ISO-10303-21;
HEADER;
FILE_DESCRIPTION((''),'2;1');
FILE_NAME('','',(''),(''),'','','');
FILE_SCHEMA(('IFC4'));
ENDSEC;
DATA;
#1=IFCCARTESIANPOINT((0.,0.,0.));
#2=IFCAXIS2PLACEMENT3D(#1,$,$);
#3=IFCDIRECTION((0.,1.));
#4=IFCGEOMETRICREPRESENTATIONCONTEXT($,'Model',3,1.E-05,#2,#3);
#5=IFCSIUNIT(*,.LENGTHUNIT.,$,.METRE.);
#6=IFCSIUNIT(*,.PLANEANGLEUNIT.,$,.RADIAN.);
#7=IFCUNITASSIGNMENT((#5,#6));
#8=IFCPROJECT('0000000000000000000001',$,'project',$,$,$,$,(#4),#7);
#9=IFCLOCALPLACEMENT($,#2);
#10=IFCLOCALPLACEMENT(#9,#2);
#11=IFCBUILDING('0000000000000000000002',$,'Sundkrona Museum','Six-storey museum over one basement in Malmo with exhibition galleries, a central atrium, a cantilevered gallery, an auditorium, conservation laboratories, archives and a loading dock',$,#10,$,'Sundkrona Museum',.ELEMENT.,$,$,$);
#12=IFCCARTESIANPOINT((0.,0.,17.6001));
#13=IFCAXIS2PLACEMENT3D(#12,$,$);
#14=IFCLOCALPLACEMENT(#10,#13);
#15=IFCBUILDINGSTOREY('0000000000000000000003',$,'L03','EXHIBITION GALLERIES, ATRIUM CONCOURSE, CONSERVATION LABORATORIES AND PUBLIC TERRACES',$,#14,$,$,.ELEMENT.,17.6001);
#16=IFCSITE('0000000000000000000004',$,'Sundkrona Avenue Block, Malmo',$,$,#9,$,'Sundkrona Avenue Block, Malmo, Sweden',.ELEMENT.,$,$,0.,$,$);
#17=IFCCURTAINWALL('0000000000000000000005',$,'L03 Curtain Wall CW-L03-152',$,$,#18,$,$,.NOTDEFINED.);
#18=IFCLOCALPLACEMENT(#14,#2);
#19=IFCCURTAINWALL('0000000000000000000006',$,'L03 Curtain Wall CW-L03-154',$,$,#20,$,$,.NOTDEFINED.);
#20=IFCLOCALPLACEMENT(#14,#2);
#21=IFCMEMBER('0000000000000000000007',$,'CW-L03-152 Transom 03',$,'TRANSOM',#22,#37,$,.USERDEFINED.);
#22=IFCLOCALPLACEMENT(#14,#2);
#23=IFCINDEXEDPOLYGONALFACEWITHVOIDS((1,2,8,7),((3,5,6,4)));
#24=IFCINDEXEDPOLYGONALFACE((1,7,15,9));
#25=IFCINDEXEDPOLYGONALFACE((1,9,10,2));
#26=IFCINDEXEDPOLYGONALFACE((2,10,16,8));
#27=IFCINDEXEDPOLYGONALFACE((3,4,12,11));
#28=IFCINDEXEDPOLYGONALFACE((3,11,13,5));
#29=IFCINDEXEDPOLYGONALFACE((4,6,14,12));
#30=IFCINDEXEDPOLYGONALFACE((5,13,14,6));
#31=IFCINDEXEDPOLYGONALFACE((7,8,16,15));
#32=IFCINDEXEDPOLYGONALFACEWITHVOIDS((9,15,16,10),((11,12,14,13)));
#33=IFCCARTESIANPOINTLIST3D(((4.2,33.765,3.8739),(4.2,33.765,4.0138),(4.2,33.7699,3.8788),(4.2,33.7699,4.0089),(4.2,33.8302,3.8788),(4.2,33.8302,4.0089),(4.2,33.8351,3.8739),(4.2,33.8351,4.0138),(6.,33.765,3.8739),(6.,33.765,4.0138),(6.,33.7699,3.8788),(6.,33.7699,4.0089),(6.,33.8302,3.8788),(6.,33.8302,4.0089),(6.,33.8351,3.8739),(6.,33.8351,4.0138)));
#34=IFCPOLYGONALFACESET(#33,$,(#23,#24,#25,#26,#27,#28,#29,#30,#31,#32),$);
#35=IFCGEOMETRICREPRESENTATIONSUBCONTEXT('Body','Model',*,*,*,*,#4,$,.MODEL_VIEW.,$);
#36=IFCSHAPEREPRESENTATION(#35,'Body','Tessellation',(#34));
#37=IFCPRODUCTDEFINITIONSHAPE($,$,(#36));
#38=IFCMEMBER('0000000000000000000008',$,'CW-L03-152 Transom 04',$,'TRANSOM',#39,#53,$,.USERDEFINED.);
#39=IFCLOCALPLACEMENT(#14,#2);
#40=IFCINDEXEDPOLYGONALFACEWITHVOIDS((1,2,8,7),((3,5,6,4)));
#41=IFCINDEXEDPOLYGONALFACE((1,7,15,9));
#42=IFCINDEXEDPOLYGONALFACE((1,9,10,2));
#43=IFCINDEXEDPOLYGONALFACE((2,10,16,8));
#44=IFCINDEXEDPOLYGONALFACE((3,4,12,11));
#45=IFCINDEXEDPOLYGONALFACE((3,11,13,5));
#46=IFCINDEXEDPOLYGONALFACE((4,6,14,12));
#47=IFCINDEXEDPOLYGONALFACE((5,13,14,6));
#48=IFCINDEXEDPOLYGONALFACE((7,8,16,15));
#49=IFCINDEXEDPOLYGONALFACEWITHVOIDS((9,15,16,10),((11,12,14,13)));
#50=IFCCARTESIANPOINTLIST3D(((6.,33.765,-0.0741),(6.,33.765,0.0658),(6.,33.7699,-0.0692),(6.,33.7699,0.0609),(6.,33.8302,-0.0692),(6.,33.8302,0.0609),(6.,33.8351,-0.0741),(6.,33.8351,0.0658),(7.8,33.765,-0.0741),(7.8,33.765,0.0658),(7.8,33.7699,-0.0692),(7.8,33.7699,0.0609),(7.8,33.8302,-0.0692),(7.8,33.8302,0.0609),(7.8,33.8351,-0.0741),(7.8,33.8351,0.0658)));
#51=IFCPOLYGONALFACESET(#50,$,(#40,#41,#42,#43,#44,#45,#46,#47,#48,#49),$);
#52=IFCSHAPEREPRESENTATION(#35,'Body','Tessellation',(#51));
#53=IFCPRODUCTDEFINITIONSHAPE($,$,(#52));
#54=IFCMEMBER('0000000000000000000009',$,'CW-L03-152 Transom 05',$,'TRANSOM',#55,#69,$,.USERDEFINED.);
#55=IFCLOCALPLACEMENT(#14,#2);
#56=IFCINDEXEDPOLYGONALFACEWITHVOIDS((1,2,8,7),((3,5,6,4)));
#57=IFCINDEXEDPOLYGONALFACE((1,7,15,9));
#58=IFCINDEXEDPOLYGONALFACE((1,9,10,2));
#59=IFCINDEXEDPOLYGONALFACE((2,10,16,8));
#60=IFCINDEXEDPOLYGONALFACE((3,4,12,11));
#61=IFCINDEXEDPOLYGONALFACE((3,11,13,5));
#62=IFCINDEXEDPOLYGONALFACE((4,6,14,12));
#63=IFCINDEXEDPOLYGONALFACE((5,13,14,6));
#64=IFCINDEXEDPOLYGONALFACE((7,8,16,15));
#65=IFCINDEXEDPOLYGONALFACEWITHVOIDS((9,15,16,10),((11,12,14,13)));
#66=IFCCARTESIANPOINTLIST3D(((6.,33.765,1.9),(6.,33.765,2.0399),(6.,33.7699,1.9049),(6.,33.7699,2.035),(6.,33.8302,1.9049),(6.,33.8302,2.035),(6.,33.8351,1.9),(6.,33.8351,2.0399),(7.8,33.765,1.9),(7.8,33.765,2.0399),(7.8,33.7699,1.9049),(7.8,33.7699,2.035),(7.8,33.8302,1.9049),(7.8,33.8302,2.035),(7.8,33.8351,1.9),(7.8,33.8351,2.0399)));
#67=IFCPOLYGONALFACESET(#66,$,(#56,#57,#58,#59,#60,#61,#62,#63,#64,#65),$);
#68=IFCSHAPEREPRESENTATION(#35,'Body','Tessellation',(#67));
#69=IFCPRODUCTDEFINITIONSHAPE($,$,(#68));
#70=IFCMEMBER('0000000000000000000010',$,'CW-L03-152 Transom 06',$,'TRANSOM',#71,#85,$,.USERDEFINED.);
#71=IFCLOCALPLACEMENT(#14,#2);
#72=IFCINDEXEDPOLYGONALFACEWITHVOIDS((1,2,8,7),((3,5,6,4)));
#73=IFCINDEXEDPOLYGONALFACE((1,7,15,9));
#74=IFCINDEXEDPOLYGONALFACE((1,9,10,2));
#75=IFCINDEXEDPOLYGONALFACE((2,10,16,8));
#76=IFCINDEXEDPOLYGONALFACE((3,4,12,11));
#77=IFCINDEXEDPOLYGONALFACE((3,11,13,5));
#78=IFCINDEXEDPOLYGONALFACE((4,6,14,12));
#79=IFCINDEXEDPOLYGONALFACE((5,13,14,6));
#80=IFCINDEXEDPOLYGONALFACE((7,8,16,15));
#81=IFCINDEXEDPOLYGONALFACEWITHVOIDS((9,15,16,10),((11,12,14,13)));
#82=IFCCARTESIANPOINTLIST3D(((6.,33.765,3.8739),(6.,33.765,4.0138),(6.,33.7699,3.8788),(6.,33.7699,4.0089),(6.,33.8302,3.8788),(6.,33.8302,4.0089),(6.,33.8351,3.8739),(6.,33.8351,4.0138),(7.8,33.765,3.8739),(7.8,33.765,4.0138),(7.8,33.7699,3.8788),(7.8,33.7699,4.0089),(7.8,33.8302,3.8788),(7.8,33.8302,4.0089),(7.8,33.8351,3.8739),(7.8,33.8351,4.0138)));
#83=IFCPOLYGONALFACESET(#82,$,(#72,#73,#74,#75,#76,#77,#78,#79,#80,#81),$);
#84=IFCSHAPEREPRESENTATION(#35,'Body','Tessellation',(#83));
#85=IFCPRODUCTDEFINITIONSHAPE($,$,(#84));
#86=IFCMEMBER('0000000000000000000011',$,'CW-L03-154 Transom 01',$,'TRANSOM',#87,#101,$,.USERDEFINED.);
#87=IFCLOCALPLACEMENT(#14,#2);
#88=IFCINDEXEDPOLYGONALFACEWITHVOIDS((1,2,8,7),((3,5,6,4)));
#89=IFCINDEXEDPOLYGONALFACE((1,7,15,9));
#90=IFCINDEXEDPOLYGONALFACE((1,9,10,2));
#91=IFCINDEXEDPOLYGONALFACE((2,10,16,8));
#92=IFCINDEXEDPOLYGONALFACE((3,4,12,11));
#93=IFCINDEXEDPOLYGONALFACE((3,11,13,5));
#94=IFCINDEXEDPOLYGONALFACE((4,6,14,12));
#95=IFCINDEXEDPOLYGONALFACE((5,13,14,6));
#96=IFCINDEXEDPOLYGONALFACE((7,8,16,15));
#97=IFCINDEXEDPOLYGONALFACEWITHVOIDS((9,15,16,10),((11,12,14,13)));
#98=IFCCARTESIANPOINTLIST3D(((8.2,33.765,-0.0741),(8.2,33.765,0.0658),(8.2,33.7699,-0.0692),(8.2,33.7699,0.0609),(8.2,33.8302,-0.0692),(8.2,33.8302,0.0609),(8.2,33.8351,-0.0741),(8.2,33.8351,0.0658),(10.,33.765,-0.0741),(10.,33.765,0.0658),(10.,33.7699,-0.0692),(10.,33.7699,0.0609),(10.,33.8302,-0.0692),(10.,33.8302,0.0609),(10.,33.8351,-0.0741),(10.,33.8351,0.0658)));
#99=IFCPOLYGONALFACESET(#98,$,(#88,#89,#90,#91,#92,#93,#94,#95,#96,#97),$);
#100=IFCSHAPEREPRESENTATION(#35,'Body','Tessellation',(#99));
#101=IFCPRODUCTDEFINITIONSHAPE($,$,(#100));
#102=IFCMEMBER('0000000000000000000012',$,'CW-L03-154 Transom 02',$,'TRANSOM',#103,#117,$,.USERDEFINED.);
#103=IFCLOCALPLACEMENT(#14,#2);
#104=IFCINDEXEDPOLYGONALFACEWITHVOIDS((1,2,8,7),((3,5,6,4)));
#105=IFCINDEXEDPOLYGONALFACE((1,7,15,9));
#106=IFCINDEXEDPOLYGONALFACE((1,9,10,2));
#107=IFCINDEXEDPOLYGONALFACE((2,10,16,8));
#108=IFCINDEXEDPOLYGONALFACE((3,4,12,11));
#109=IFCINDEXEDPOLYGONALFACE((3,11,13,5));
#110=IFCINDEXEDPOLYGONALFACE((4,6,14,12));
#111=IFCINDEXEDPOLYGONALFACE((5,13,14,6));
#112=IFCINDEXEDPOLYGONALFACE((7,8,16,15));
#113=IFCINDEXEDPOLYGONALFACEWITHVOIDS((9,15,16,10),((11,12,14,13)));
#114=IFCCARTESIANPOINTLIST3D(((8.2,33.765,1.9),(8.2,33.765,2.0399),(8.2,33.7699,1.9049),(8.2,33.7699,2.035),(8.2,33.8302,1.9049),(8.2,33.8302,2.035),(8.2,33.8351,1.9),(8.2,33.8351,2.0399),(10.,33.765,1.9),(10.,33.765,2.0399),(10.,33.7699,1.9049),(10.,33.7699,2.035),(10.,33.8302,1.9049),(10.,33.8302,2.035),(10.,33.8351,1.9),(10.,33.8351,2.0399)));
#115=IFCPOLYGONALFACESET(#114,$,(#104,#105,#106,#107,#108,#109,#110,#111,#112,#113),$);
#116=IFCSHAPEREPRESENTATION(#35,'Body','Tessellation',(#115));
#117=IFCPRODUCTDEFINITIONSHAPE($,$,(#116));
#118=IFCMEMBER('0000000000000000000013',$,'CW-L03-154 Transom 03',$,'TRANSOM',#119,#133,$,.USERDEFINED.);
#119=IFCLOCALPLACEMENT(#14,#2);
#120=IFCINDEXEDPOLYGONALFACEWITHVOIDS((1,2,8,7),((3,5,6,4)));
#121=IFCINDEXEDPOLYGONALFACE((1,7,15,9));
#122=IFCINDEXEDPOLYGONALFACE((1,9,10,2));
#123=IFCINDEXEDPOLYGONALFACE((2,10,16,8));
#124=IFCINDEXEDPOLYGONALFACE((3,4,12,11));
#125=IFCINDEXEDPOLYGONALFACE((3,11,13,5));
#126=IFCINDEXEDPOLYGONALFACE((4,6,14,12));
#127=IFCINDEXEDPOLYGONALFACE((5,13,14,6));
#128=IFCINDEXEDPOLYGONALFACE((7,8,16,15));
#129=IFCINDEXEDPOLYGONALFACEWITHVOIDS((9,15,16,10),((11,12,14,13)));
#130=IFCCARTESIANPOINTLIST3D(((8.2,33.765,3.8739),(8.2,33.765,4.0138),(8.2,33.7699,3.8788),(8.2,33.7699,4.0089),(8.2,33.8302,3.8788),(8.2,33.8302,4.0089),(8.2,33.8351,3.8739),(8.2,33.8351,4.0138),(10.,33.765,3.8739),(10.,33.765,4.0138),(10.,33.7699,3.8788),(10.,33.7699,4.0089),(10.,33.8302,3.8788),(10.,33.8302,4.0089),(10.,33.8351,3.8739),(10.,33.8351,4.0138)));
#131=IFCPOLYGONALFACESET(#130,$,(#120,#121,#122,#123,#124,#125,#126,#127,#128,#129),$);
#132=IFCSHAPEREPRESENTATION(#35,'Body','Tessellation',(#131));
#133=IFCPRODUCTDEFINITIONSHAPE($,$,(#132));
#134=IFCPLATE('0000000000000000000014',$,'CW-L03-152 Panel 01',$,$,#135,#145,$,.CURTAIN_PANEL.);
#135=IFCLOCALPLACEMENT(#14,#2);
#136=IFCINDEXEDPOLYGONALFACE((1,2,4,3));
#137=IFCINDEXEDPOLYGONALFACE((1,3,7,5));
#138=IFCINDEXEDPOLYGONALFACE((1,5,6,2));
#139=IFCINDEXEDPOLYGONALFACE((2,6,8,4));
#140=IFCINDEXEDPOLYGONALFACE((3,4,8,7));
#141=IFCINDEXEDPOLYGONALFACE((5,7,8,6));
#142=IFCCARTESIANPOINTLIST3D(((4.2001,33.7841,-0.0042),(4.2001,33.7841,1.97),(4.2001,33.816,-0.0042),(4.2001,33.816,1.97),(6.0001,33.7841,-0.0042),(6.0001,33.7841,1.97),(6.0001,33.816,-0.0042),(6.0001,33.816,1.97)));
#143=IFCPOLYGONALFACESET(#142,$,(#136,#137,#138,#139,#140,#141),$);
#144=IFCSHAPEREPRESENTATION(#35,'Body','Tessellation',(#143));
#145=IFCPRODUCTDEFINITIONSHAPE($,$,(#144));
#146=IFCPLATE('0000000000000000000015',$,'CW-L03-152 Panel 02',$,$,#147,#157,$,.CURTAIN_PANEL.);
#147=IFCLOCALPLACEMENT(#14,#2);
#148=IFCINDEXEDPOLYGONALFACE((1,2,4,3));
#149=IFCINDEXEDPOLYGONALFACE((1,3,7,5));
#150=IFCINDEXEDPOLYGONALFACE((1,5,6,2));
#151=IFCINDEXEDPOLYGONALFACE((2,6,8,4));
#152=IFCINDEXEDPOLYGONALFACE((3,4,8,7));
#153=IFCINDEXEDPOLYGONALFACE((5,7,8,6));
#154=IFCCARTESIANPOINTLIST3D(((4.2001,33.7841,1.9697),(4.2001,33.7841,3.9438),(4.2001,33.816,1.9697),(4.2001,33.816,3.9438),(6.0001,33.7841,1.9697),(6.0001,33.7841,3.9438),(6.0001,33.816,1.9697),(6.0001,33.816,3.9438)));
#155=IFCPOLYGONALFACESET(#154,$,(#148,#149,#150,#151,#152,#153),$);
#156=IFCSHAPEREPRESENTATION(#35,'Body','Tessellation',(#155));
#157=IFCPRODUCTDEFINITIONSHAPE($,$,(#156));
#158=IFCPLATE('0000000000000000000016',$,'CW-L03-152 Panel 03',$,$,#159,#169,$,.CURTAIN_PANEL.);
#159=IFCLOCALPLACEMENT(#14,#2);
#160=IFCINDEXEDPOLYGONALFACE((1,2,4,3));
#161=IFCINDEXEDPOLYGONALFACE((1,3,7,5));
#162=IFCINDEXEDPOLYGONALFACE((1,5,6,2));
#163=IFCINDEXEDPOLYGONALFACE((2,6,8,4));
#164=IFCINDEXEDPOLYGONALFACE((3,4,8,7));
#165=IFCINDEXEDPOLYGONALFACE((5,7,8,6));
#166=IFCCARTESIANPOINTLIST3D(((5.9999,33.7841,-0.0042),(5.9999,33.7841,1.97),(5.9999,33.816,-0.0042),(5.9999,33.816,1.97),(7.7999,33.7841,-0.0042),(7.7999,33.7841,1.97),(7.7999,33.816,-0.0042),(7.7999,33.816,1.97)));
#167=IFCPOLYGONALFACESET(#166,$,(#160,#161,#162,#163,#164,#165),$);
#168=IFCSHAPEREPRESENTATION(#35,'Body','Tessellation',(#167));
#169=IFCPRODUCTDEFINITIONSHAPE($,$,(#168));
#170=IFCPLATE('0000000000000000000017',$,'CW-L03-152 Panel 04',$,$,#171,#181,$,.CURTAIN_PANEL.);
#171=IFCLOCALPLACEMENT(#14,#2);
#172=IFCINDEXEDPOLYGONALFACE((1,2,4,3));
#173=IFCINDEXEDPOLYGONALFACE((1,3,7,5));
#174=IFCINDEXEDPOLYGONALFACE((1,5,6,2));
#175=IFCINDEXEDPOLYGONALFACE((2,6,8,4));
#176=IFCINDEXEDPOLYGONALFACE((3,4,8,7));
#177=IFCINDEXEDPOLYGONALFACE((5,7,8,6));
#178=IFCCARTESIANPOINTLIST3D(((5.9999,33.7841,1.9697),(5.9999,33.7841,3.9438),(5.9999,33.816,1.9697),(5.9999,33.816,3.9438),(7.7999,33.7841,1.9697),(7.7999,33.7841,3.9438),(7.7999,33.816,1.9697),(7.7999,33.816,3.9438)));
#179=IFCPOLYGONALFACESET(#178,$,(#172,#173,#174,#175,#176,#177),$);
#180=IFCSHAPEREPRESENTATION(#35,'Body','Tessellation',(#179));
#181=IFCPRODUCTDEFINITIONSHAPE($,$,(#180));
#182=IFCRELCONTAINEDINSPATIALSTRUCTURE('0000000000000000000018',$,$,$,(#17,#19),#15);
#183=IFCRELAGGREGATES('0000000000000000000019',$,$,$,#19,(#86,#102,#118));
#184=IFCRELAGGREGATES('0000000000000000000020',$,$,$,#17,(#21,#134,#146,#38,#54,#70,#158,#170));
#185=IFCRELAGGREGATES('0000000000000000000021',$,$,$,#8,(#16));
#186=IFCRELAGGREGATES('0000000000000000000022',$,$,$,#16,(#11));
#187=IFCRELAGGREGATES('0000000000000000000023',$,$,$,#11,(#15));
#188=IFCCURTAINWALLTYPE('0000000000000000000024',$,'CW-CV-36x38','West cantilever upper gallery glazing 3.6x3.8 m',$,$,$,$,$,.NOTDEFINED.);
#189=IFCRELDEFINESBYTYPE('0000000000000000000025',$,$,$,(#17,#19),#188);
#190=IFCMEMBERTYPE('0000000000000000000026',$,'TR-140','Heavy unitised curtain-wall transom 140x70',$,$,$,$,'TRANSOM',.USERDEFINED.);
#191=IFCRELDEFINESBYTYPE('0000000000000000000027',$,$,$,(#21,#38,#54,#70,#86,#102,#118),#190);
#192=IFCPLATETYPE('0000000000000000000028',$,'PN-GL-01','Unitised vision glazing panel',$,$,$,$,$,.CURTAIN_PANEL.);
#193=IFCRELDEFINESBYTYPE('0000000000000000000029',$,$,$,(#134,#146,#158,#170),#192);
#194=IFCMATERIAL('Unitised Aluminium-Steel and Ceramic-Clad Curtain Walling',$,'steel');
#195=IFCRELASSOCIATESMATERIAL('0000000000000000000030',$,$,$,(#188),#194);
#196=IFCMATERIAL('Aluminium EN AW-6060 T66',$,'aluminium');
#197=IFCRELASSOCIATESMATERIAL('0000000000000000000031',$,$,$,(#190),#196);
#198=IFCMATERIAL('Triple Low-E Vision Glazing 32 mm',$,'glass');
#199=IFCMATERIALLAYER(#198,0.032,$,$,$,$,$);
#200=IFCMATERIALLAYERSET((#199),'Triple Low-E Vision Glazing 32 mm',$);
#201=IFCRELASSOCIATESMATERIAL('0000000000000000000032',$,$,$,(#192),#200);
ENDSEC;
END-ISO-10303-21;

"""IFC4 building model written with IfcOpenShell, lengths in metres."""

from ifc_helpers import new_model, si_unit, direction, frame, origin, origin_2d, place, context, subcontext, project, spatial, rectangle, hollow_rectangle, extrude, material, layer, layer_set, material_profile, profile_set, type_object, element, aggregate, save


model = new_model("IFC4")

# Units and contexts
model_context = context("Model", 3, precision=1e-05, world=origin(), true_north=direction((0.0, 1.0)))
body_context = subcontext(model_context, "Body", "Model", "MODEL_VIEW")
ifc_project = project(units=[si_unit("LENGTHUNIT", "METRE"), si_unit("PLANEANGLEUNIT", "RADIAN")], contexts=[model_context])

# Site, building, storey
site_placement = place(None, origin())
site = spatial("IfcSite", under=ifc_project, at=site_placement, Name="Sundkrona Avenue Block, Malmo", LongName="Sundkrona Avenue Block, Malmo, Sweden", CompositionType="ELEMENT", RefElevation=0.0)
building_placement = place(site_placement, origin())
building = spatial("IfcBuilding", under=site, at=building_placement, Name="Sundkrona Museum", Description="Six-storey museum over one basement in Malmo with exhibition galleries, a central atrium, a cantilevered gallery, an auditorium, conservation laboratories, archives and a loading dock", LongName="Sundkrona Museum", CompositionType="ELEMENT")
storey_placement = place(building_placement, frame((0.0, 0.0, 17.6001)))
storey = spatial("IfcBuildingStorey", under=building, at=storey_placement, Name="L03", Description="EXHIBITION GALLERIES, ATRIUM CONCOURSE, CONSERVATION LABORATORIES AND PUBLIC TERRACES", CompositionType="ELEMENT", Elevation=17.6001)

# Curtain wall
ifc_material_1 = material(Name="Unitised Aluminium-Steel and Ceramic-Clad Curtain Walling", Category="steel")
curtain_wall_type = type_object("IfcCurtainWallType", Name="CW-CV-36x38", Description="West cantilever upper gallery glazing 3.6x3.8 m", PredefinedType="NOTDEFINED", material=ifc_material_1)
curtain_wall_1_placement = place(storey_placement, origin())
curtain_wall_1 = element("IfcCurtainWall", 1, at=curtain_wall_1_placement, inside=storey, type_object=curtain_wall_type, Name="L03 Curtain Wall CW-L03-152", PredefinedType="NOTDEFINED")
ifc_material_2 = material(Name="Aluminium EN AW-6060 T66", Category="aluminium")

# Curtain wall
curtain_wall_2_placement = place(storey_placement, origin())
curtain_wall_2 = element("IfcCurtainWall", 2, at=curtain_wall_2_placement, inside=storey, type_object=curtain_wall_type, Name="L03 Curtain Wall CW-L03-154", PredefinedType="NOTDEFINED")

# Members
ifc_material_profile_1 = material_profile(ifc_material_2, hollow_rectangle(XDim=0.0701, YDim=0.1399, WallThickness=0.0049, at=origin_2d()), Name="RHS 140x70x5.0")
ifc_profile_set_1 = profile_set([ifc_material_profile_1], Name="Aluminium EN AW-6060 T66")
member_type_1 = type_object("IfcMemberType", Name="TR-140", Description="Heavy unitised curtain-wall transom 140x70", ElementType="TRANSOM", PredefinedType="USERDEFINED", material=ifc_profile_set_1)
member_1_placement = place(storey_placement, frame((4.2, 33.8, 3.9438), z_axis=(1.0, 0.0, 0.0), x_axis=(0.0, 1.0, 0.0)))
member_1 = element("IfcMember", 3, at=member_1_placement, type_object=member_type_1, Name="CW-L03-152 Transom 03", ObjectType="TRANSOM", PredefinedType="USERDEFINED", context=body_context, shape_type="SweptSolid", body=[
    extrude(hollow_rectangle(XDim=0.0701, YDim=0.1399, WallThickness=0.0049, at=origin_2d()), origin(), (0.0, 0.0, 1.0), 1.8),
])
member_2_placement = place(storey_placement, frame((6.0, 33.8, -0.0042), z_axis=(1.0, 0.0, 0.0), x_axis=(0.0, 1.0, 0.0)))
member_2 = element("IfcMember", 4, at=member_2_placement, type_object=member_type_1, Name="CW-L03-152 Transom 04", ObjectType="TRANSOM", PredefinedType="USERDEFINED", context=body_context, shape_type="SweptSolid", body=[
    extrude(hollow_rectangle(XDim=0.0701, YDim=0.1399, WallThickness=0.0049, at=origin_2d()), origin(), (0.0, 0.0, 1.0), 1.8),
])
member_3_placement = place(storey_placement, frame((6.0, 33.8, 1.97), z_axis=(1.0, 0.0, 0.0), x_axis=(0.0, 1.0, 0.0)))
member_3 = element("IfcMember", 5, at=member_3_placement, type_object=member_type_1, Name="CW-L03-152 Transom 05", ObjectType="TRANSOM", PredefinedType="USERDEFINED", context=body_context, shape_type="SweptSolid", body=[
    extrude(hollow_rectangle(XDim=0.0701, YDim=0.1399, WallThickness=0.0049, at=origin_2d()), origin(), (0.0, 0.0, 1.0), 1.8),
])
member_4_placement = place(storey_placement, frame((6.0, 33.8, 3.9438), z_axis=(1.0, 0.0, 0.0), x_axis=(0.0, 1.0, 0.0)))
member_4 = element("IfcMember", 6, at=member_4_placement, type_object=member_type_1, Name="CW-L03-152 Transom 06", ObjectType="TRANSOM", PredefinedType="USERDEFINED", context=body_context, shape_type="SweptSolid", body=[
    extrude(hollow_rectangle(XDim=0.0701, YDim=0.1399, WallThickness=0.0049, at=origin_2d()), origin(), (0.0, 0.0, 1.0), 1.8),
])
member_5_placement = place(storey_placement, frame((8.2, 33.8, -0.0042), z_axis=(1.0, 0.0, 0.0), x_axis=(0.0, 1.0, 0.0)))
member_5 = element("IfcMember", 7, at=member_5_placement, type_object=member_type_1, Name="CW-L03-154 Transom 01", ObjectType="TRANSOM", PredefinedType="USERDEFINED", context=body_context, shape_type="SweptSolid", body=[
    extrude(hollow_rectangle(XDim=0.0701, YDim=0.1399, WallThickness=0.0049, at=origin_2d()), origin(), (0.0, 0.0, 1.0), 1.8),
])
member_6_placement = place(storey_placement, frame((8.2, 33.8, 1.97), z_axis=(1.0, 0.0, 0.0), x_axis=(0.0, 1.0, 0.0)))
member_6 = element("IfcMember", 8, at=member_6_placement, type_object=member_type_1, Name="CW-L03-154 Transom 02", ObjectType="TRANSOM", PredefinedType="USERDEFINED", context=body_context, shape_type="SweptSolid", body=[
    extrude(hollow_rectangle(XDim=0.0701, YDim=0.1399, WallThickness=0.0049, at=origin_2d()), origin(), (0.0, 0.0, 1.0), 1.8),
])
member_7_placement = place(storey_placement, frame((8.2, 33.8, 3.9438), z_axis=(1.0, 0.0, 0.0), x_axis=(0.0, 1.0, 0.0)))
member_7 = element("IfcMember", 9, at=member_7_placement, type_object=member_type_1, Name="CW-L03-154 Transom 03", ObjectType="TRANSOM", PredefinedType="USERDEFINED", context=body_context, shape_type="SweptSolid", body=[
    extrude(hollow_rectangle(XDim=0.0701, YDim=0.1399, WallThickness=0.0049, at=origin_2d()), origin(), (0.0, 0.0, 1.0), 1.8),
])
aggregate(curtain_wall_2, [member_5, member_6, member_7])

# Plates
ifc_material_3 = material(Name="Triple Low-E Vision Glazing 32 mm", Category="glass")
ifc_layer = layer(ifc_material_3, 0.032)
ifc_layer_set = layer_set([ifc_layer], Name="Triple Low-E Vision Glazing 32 mm")
plate_type = type_object("IfcPlateType", Name="PN-GL-01", Description="Unitised vision glazing panel", PredefinedType="CURTAIN_PANEL", material=ifc_layer_set)
plate_1_placement = place(storey_placement, frame((5.1001, 33.8, -0.0042), z_axis=(0.0, 0.0, 1.0), x_axis=(1.0, 0.0, 0.0)))
plate_1 = element("IfcPlate", 10, at=plate_1_placement, type_object=plate_type, Name="CW-L03-152 Panel 01", PredefinedType="CURTAIN_PANEL", context=body_context, shape_type="SweptSolid", body=[
    extrude(rectangle(XDim=1.8, YDim=0.032, at=origin_2d()), origin(), (0.0, 0.0, 1.0), 1.9741),
])
plate_2_placement = place(storey_placement, frame((5.1001, 33.8, 1.9697), z_axis=(0.0, 0.0, 1.0), x_axis=(1.0, 0.0, 0.0)))
plate_2 = element("IfcPlate", 11, at=plate_2_placement, type_object=plate_type, Name="CW-L03-152 Panel 02", PredefinedType="CURTAIN_PANEL", context=body_context, shape_type="SweptSolid", body=[
    extrude(rectangle(XDim=1.8, YDim=0.032, at=origin_2d()), origin(), (0.0, 0.0, 1.0), 1.9741),
])
plate_3_placement = place(storey_placement, frame((6.8999, 33.8, -0.0042), z_axis=(0.0, 0.0, 1.0), x_axis=(1.0, 0.0, 0.0)))
plate_3 = element("IfcPlate", 12, at=plate_3_placement, type_object=plate_type, Name="CW-L03-152 Panel 03", PredefinedType="CURTAIN_PANEL", context=body_context, shape_type="SweptSolid", body=[
    extrude(rectangle(XDim=1.8, YDim=0.032, at=origin_2d()), origin(), (0.0, 0.0, 1.0), 1.9741),
])
plate_4_placement = place(storey_placement, frame((6.8999, 33.8, 1.9697), z_axis=(0.0, 0.0, 1.0), x_axis=(1.0, 0.0, 0.0)))
plate_4 = element("IfcPlate", 13, at=plate_4_placement, type_object=plate_type, Name="CW-L03-152 Panel 04", PredefinedType="CURTAIN_PANEL", context=body_context, shape_type="SweptSolid", body=[
    extrude(rectangle(XDim=1.8, YDim=0.032, at=origin_2d()), origin(), (0.0, 0.0, 1.0), 1.9741),
])
aggregate(curtain_wall_1, [member_1, plate_1, plate_2, member_2, member_3, member_4, plate_3, plate_4])

save(model, "model.ifc")
